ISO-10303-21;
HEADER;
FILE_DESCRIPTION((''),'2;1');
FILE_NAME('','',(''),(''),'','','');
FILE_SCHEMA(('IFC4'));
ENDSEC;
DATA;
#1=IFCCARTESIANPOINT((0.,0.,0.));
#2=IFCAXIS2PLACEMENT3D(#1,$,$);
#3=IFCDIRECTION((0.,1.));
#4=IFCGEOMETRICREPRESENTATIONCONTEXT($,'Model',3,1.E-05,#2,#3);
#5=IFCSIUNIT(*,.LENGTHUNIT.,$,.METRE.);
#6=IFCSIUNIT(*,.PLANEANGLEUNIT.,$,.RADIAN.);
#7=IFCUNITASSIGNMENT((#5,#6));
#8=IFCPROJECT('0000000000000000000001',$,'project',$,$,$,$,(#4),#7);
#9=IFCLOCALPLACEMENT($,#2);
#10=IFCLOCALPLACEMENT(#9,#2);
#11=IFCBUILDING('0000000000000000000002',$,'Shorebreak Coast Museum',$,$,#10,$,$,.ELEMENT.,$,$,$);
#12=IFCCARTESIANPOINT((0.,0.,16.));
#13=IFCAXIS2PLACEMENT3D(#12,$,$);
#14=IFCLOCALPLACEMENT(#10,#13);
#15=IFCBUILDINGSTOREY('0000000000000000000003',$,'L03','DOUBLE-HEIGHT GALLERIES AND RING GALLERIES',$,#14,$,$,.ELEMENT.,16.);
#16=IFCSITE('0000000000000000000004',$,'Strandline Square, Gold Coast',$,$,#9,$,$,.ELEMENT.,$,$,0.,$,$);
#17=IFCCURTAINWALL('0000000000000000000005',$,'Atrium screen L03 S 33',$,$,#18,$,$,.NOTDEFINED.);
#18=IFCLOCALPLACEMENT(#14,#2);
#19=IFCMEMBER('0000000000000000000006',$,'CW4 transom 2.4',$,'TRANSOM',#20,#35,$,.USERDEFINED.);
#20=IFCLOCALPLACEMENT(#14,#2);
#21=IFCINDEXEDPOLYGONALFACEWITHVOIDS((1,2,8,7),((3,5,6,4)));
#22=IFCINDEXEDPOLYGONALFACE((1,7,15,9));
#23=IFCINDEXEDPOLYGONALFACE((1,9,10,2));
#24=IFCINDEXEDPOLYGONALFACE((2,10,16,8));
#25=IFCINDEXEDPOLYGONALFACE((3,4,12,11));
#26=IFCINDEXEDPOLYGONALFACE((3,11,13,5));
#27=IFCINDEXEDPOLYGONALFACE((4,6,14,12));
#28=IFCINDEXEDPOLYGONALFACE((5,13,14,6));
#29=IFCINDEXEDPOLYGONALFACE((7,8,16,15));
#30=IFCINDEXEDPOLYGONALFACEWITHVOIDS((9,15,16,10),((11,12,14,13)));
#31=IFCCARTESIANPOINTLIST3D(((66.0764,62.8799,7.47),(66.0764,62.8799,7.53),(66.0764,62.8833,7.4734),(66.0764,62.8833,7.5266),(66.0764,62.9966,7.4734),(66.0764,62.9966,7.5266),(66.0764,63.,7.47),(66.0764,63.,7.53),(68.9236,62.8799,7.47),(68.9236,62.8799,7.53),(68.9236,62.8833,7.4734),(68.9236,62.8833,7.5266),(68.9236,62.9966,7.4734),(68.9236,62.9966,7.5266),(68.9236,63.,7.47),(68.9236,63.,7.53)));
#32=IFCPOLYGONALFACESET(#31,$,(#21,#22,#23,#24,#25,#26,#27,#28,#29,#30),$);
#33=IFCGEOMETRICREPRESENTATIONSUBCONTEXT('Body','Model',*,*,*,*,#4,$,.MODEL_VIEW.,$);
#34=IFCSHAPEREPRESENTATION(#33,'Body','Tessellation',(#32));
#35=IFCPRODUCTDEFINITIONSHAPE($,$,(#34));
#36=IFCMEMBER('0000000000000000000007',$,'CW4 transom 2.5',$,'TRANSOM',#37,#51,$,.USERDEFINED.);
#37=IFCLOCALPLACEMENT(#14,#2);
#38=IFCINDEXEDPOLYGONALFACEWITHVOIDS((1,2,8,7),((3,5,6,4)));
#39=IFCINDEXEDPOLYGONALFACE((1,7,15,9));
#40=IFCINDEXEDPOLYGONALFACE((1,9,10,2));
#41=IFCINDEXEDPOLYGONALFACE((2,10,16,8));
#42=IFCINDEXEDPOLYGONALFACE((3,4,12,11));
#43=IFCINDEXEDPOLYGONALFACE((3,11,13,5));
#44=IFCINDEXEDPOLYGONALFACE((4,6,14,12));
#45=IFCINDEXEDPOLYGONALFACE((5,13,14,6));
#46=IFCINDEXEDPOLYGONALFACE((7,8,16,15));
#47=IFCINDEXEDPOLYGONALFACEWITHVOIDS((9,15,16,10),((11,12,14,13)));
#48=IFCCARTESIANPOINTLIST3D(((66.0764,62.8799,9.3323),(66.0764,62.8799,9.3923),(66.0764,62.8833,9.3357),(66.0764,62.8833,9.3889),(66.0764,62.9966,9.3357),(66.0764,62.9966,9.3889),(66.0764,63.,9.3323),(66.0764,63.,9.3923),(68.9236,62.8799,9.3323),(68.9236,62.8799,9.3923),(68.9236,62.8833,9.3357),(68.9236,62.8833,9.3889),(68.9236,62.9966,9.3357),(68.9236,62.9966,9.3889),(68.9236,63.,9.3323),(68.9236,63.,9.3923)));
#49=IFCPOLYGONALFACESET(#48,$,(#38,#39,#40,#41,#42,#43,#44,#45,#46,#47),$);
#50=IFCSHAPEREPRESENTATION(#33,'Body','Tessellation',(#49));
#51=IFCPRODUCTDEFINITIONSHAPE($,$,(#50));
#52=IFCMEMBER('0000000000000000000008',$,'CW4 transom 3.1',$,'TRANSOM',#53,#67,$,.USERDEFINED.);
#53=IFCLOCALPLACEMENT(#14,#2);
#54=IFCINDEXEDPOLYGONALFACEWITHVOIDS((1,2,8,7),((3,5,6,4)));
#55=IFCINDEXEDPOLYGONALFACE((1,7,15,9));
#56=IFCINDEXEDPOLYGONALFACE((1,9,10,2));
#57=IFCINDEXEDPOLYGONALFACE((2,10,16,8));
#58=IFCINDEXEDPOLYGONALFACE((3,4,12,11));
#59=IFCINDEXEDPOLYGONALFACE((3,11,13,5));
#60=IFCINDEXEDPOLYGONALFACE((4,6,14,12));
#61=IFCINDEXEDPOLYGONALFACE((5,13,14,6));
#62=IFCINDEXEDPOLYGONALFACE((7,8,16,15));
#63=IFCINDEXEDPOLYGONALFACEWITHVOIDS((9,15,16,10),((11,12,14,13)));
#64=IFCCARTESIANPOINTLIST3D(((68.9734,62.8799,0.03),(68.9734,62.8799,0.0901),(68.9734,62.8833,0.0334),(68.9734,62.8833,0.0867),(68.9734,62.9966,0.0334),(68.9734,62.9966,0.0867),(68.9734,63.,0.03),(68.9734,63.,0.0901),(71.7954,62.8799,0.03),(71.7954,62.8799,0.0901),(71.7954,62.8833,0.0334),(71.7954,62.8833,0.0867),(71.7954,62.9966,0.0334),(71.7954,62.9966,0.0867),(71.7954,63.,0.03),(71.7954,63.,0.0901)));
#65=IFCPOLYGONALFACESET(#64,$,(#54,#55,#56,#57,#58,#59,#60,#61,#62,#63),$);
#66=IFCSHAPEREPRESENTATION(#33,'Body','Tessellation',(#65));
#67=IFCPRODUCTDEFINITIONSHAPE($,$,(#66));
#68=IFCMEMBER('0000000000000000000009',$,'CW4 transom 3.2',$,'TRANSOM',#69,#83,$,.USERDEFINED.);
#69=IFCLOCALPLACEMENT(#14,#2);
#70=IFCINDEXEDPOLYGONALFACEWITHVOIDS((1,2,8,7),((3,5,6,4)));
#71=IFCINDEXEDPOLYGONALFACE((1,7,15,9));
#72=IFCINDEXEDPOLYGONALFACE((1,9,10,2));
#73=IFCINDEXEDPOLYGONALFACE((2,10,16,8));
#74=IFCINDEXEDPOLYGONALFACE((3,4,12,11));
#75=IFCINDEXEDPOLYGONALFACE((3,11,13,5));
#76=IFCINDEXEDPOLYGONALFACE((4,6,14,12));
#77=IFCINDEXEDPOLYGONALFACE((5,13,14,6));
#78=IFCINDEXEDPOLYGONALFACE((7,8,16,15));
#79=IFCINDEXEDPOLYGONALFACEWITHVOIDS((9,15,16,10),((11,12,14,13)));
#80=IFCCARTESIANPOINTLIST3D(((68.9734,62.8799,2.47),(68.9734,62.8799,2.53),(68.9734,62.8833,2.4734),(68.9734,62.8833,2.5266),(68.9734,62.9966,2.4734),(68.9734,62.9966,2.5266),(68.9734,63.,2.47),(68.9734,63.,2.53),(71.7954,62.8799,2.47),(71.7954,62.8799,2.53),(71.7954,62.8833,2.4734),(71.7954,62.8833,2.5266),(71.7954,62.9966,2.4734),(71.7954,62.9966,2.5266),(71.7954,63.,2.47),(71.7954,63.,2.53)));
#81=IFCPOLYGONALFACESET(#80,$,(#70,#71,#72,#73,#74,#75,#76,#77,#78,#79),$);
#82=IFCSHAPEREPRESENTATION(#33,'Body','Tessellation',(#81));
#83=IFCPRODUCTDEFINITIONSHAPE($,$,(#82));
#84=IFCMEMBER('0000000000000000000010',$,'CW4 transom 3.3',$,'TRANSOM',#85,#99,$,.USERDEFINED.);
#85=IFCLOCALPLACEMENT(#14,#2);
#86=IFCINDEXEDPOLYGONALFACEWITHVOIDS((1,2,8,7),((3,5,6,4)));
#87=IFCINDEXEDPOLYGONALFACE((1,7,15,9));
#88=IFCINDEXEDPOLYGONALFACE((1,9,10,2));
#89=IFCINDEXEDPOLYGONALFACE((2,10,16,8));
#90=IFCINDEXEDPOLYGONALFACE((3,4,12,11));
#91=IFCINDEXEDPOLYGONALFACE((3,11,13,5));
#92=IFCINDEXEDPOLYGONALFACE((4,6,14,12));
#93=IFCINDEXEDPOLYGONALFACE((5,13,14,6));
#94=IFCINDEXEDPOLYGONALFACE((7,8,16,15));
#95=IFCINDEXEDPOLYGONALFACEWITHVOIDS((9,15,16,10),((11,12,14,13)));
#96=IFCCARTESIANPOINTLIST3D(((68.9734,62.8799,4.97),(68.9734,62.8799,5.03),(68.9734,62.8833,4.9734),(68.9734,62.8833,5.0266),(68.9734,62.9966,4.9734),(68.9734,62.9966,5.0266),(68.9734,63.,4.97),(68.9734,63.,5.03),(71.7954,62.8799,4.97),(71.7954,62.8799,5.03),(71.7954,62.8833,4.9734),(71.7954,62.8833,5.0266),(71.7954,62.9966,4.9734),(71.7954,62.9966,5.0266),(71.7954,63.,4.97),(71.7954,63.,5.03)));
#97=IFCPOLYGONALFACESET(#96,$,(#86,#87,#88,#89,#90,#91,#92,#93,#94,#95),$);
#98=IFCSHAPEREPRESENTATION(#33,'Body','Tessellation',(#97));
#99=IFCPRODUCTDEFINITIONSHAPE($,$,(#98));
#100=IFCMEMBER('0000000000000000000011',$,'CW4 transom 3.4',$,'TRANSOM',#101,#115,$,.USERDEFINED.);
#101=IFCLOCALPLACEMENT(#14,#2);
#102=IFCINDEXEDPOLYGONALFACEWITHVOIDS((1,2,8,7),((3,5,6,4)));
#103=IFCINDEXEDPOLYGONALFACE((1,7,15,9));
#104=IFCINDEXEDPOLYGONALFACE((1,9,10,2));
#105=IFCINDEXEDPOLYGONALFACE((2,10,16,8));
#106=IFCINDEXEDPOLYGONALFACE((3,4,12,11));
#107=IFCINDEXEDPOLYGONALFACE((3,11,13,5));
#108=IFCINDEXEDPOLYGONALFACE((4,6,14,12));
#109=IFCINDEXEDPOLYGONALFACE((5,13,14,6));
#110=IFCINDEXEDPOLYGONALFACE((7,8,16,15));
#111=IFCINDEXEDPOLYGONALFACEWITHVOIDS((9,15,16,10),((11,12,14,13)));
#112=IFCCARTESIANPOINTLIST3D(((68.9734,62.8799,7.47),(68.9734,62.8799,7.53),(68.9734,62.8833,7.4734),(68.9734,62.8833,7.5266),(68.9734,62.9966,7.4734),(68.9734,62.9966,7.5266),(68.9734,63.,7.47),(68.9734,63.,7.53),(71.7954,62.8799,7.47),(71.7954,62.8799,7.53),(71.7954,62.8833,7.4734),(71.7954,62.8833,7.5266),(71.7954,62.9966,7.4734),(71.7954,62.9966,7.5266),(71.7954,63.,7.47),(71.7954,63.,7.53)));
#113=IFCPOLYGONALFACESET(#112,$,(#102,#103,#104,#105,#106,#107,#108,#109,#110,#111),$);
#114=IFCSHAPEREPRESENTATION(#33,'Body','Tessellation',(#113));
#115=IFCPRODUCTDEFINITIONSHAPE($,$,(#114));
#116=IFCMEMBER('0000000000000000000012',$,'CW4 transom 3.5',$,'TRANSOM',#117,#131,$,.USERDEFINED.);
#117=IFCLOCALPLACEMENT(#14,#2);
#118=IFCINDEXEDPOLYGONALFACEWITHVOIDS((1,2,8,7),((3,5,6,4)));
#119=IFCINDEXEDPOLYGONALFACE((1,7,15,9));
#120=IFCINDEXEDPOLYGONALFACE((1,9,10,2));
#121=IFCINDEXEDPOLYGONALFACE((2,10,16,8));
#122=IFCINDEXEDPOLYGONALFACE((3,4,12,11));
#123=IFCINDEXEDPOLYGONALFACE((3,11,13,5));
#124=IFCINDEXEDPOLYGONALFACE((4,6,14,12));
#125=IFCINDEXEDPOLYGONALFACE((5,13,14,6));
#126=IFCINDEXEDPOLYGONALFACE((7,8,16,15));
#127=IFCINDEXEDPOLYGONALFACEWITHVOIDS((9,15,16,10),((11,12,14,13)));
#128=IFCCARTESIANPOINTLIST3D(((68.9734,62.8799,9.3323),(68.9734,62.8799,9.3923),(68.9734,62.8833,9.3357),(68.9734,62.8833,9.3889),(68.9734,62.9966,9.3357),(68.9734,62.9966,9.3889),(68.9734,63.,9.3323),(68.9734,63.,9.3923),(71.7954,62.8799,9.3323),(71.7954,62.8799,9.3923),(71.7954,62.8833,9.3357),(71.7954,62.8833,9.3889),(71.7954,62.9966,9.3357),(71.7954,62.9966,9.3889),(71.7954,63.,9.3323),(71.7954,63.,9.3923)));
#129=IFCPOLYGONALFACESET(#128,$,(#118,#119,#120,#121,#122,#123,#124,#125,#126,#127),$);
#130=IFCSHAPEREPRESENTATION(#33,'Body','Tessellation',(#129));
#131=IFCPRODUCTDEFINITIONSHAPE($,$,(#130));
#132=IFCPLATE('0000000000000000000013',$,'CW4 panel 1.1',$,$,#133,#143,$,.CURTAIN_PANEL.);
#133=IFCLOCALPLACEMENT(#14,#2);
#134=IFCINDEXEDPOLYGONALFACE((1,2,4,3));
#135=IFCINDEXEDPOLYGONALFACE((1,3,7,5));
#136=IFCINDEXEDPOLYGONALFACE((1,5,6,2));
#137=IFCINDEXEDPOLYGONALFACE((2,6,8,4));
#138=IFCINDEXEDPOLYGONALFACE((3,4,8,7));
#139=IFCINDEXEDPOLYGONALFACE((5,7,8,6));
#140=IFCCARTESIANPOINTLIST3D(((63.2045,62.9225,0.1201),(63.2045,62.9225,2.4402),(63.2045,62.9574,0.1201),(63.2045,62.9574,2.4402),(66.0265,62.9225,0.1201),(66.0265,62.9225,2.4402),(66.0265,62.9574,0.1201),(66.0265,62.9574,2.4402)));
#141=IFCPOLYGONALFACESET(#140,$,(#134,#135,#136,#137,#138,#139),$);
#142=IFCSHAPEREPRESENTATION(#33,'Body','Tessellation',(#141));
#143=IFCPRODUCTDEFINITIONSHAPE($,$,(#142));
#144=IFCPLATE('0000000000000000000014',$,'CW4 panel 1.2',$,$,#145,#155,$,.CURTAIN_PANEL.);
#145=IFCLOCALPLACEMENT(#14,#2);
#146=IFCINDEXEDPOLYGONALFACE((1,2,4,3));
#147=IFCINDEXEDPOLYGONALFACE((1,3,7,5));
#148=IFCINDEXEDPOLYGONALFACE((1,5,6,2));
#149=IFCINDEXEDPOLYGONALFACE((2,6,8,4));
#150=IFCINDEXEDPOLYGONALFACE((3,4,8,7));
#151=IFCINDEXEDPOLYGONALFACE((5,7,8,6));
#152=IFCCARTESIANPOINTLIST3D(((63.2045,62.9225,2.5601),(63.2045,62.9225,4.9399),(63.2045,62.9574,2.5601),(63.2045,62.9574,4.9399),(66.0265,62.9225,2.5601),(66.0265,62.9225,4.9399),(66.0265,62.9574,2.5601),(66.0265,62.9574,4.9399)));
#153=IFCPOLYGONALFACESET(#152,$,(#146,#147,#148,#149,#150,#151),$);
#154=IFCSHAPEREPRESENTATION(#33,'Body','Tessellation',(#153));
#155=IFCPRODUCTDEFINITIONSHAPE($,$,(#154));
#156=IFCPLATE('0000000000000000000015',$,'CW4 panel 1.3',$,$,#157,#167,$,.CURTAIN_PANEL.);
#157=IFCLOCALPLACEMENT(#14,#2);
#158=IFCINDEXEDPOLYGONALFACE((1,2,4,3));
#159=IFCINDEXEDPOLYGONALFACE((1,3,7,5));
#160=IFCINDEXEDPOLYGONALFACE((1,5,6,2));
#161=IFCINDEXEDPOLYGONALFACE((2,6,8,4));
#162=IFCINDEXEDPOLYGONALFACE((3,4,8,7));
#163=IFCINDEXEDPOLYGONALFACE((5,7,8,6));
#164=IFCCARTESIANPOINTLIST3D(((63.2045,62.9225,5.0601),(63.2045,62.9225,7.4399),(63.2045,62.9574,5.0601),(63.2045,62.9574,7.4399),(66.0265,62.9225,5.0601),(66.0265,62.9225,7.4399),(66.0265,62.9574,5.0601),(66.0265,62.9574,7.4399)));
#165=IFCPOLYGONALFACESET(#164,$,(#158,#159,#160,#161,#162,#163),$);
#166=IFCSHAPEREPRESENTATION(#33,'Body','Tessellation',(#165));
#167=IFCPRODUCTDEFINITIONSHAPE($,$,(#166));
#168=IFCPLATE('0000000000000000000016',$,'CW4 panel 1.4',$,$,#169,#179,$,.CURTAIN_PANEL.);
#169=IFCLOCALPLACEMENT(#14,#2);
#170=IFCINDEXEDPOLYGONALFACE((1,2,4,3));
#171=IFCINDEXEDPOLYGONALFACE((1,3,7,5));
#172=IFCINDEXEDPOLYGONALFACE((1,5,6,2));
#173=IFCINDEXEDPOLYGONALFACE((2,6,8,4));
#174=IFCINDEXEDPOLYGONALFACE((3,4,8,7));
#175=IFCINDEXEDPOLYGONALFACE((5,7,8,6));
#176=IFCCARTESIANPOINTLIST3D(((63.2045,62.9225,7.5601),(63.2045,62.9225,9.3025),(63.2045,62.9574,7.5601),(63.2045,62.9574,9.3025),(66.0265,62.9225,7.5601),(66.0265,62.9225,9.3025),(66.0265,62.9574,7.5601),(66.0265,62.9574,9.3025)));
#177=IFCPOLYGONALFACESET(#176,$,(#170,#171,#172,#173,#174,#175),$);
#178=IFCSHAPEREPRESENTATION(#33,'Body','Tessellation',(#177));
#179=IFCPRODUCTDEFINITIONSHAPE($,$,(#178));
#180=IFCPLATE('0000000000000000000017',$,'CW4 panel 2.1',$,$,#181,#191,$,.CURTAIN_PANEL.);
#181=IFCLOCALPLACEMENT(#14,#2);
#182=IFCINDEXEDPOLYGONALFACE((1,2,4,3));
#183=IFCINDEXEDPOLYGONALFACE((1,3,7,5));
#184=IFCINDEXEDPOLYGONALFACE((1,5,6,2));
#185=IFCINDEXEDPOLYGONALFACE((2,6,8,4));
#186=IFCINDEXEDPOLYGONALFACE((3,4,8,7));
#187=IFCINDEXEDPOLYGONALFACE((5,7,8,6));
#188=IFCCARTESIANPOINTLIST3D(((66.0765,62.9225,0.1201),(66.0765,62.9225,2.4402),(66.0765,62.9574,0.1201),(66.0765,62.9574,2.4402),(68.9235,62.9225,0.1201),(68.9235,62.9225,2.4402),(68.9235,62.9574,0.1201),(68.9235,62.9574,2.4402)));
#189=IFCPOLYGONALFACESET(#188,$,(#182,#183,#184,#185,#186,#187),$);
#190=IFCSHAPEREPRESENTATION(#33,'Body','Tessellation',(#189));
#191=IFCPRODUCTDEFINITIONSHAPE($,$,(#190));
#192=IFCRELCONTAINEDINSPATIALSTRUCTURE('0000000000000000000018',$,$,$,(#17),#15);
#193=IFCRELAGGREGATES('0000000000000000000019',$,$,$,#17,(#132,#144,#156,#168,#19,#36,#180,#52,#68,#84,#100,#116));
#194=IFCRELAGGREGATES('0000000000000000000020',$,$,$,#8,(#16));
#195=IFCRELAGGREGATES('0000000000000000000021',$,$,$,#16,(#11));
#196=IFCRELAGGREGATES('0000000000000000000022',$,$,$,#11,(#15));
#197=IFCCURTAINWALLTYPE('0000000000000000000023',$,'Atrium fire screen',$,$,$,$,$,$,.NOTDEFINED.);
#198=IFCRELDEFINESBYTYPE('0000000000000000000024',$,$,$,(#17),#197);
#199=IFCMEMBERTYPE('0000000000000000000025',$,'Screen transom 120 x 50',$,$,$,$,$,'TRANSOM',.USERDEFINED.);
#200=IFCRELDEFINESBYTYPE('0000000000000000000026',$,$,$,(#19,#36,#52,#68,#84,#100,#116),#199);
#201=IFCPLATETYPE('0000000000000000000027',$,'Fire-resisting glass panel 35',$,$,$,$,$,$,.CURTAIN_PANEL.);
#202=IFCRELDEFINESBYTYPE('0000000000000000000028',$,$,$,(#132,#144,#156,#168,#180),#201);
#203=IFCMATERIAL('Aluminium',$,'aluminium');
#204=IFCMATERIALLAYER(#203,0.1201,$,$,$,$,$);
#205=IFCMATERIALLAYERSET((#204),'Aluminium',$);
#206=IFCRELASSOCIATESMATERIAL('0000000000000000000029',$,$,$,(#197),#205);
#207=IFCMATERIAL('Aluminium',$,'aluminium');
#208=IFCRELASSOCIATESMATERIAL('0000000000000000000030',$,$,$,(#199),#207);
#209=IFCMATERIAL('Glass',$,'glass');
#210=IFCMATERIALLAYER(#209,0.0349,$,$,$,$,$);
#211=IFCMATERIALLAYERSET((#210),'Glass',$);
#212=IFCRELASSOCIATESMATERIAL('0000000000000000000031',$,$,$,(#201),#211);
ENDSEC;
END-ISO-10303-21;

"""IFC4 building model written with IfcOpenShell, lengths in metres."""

from ifc_helpers import new_model, si_unit, direction, frame, origin, origin_2d, place, context, subcontext, project, spatial, rectangle, hollow_rectangle, extrude, material, layer, layer_set, material_profile, profile_set, type_object, element, aggregate, save


model = new_model("IFC4")

# Units and contexts
model_context = context("Model", 3, precision=1e-05, world=origin(), true_north=direction((0.0, 1.0)))
body_context = subcontext(model_context, "Body", "Model", "MODEL_VIEW")
ifc_project = project(units=[si_unit("LENGTHUNIT", "METRE"), si_unit("PLANEANGLEUNIT", "RADIAN")], contexts=[model_context])

# Site, building, storey
site_placement = place(None, origin())
site = spatial("IfcSite", under=ifc_project, at=site_placement, Name="Strandline Square, Gold Coast", CompositionType="ELEMENT", RefElevation=0.0)
building_placement = place(site_placement, origin())
building = spatial("IfcBuilding", under=site, at=building_placement, Name="Shorebreak Coast Museum", CompositionType="ELEMENT")
storey_placement = place(building_placement, frame((0.0, 0.0, 16.0)))
storey = spatial("IfcBuildingStorey", under=building, at=storey_placement, Name="L03", Description="DOUBLE-HEIGHT GALLERIES AND RING GALLERIES", CompositionType="ELEMENT", Elevation=16.0)

# Curtain wall, members, plates
ifc_material_1 = material(Name="Aluminium", Category="aluminium")
ifc_layer_1 = layer(ifc_material_1, 0.1201)
ifc_layer_set_1 = layer_set([ifc_layer_1], Name="Aluminium")
curtain_wall_type = type_object("IfcCurtainWallType", Name="Atrium fire screen", PredefinedType="NOTDEFINED", material=ifc_layer_set_1)
curtain_wall_placement = place(storey_placement, origin())
curtain_wall = element("IfcCurtainWall", 1, at=curtain_wall_placement, inside=storey, type_object=curtain_wall_type, Name="Atrium screen L03 S 33", PredefinedType="NOTDEFINED")
ifc_material_2 = material(Name="Aluminium", Category="aluminium")
ifc_material_profile_1 = material_profile(ifc_material_2, hollow_rectangle(XDim=0.1201, YDim=0.0601, WallThickness=0.0034, at=origin_2d()), Name="AL 60x120 RHS")
ifc_profile_set_1 = profile_set([ifc_material_profile_1], Name="Aluminium")
member_type_1 = type_object("IfcMemberType", Name="Screen transom 120 x 50", ElementType="TRANSOM", PredefinedType="USERDEFINED", material=ifc_profile_set_1)
member_1_placement = place(storey_placement, frame((66.0764, 62.9399, 7.5), z_axis=(1.0, 0.0, 0.0), x_axis=(0.0, 1.0, 0.0)))
member_1 = element("IfcMember", 2, at=member_1_placement, type_object=member_type_1, Name="CW4 transom 2.4", ObjectType="TRANSOM", PredefinedType="USERDEFINED", context=body_context, shape_type="SweptSolid", body=[
    extrude(hollow_rectangle(XDim=0.1201, YDim=0.0601, WallThickness=0.0034, at=origin_2d()), origin(), (0.0, 0.0, 1.0), 2.8472),
])
member_2_placement = place(storey_placement, frame((66.0764, 62.9399, 9.3623), z_axis=(1.0, 0.0, 0.0), x_axis=(0.0, 1.0, 0.0)))
member_2 = element("IfcMember", 3, at=member_2_placement, type_object=member_type_1, Name="CW4 transom 2.5", ObjectType="TRANSOM", PredefinedType="USERDEFINED", context=body_context, shape_type="SweptSolid", body=[
    extrude(hollow_rectangle(XDim=0.1201, YDim=0.0601, WallThickness=0.0034, at=origin_2d()), origin(), (0.0, 0.0, 1.0), 2.8472),
])
member_3_placement = place(storey_placement, frame((68.9734, 62.9399, 0.0601), z_axis=(1.0, 0.0, 0.0), x_axis=(0.0, 1.0, 0.0)))
member_3 = element("IfcMember", 4, at=member_3_placement, type_object=member_type_1, Name="CW4 transom 3.1", ObjectType="TRANSOM", PredefinedType="USERDEFINED", context=body_context, shape_type="SweptSolid", body=[
    extrude(hollow_rectangle(XDim=0.1201, YDim=0.0601, WallThickness=0.0034, at=origin_2d()), origin(), (0.0, 0.0, 1.0), 2.822),
])
member_4_placement = place(storey_placement, frame((68.9734, 62.9399, 2.5), z_axis=(1.0, 0.0, 0.0), x_axis=(0.0, 1.0, 0.0)))
member_4 = element("IfcMember", 5, at=member_4_placement, type_object=member_type_1, Name="CW4 transom 3.2", ObjectType="TRANSOM", PredefinedType="USERDEFINED", context=body_context, shape_type="SweptSolid", body=[
    extrude(hollow_rectangle(XDim=0.1201, YDim=0.0601, WallThickness=0.0034, at=origin_2d()), origin(), (0.0, 0.0, 1.0), 2.822),
])
member_5_placement = place(storey_placement, frame((68.9734, 62.9399, 5.0), z_axis=(1.0, 0.0, 0.0), x_axis=(0.0, 1.0, 0.0)))
member_5 = element("IfcMember", 6, at=member_5_placement, type_object=member_type_1, Name="CW4 transom 3.3", ObjectType="TRANSOM", PredefinedType="USERDEFINED", context=body_context, shape_type="SweptSolid", body=[
    extrude(hollow_rectangle(XDim=0.1201, YDim=0.0601, WallThickness=0.0034, at=origin_2d()), origin(), (0.0, 0.0, 1.0), 2.822),
])
member_6_placement = place(storey_placement, frame((68.9734, 62.9399, 7.5), z_axis=(1.0, 0.0, 0.0), x_axis=(0.0, 1.0, 0.0)))
member_6 = element("IfcMember", 7, at=member_6_placement, type_object=member_type_1, Name="CW4 transom 3.4", ObjectType="TRANSOM", PredefinedType="USERDEFINED", context=body_context, shape_type="SweptSolid", body=[
    extrude(hollow_rectangle(XDim=0.1201, YDim=0.0601, WallThickness=0.0034, at=origin_2d()), origin(), (0.0, 0.0, 1.0), 2.822),
])
member_7_placement = place(storey_placement, frame((68.9734, 62.9399, 9.3623), z_axis=(1.0, 0.0, 0.0), x_axis=(0.0, 1.0, 0.0)))
member_7 = element("IfcMember", 8, at=member_7_placement, type_object=member_type_1, Name="CW4 transom 3.5", ObjectType="TRANSOM", PredefinedType="USERDEFINED", context=body_context, shape_type="SweptSolid", body=[
    extrude(hollow_rectangle(XDim=0.1201, YDim=0.0601, WallThickness=0.0034, at=origin_2d()), origin(), (0.0, 0.0, 1.0), 2.822),
])
ifc_material_3 = material(Name="Glass", Category="glass")
ifc_layer_2 = layer(ifc_material_3, 0.0349)
ifc_layer_set_2 = layer_set([ifc_layer_2], Name="Glass")
plate_type = type_object("IfcPlateType", Name="Fire-resisting glass panel 35", PredefinedType="CURTAIN_PANEL", material=ifc_layer_set_2)
plate_1_placement = place(storey_placement, frame((64.6155, 62.9399, 0.1201), z_axis=(0.0, 0.0, 1.0), x_axis=(1.0, 0.0, 0.0)))
plate_1 = element("IfcPlate", 9, at=plate_1_placement, type_object=plate_type, Name="CW4 panel 1.1", PredefinedType="CURTAIN_PANEL", context=body_context, shape_type="SweptSolid", body=[
    extrude(rectangle(XDim=2.822, YDim=0.0349, at=origin_2d()), origin(), (0.0, 0.0, 1.0), 2.3201),
])
plate_2_placement = place(storey_placement, frame((64.6155, 62.9399, 2.5601), z_axis=(0.0, 0.0, 1.0), x_axis=(1.0, 0.0, 0.0)))
plate_2 = element("IfcPlate", 10, at=plate_2_placement, type_object=plate_type, Name="CW4 panel 1.2", PredefinedType="CURTAIN_PANEL", context=body_context, shape_type="SweptSolid", body=[
    extrude(rectangle(XDim=2.822, YDim=0.0349, at=origin_2d()), origin(), (0.0, 0.0, 1.0), 2.3799),
])
plate_3_placement = place(storey_placement, frame((64.6155, 62.9399, 5.0601), z_axis=(0.0, 0.0, 1.0), x_axis=(1.0, 0.0, 0.0)))
plate_3 = element("IfcPlate", 11, at=plate_3_placement, type_object=plate_type, Name="CW4 panel 1.3", PredefinedType="CURTAIN_PANEL", context=body_context, shape_type="SweptSolid", body=[
    extrude(rectangle(XDim=2.822, YDim=0.0349, at=origin_2d()), origin(), (0.0, 0.0, 1.0), 2.3799),
])
plate_4_placement = place(storey_placement, frame((64.6155, 62.9399, 7.5601), z_axis=(0.0, 0.0, 1.0), x_axis=(1.0, 0.0, 0.0)))
plate_4 = element("IfcPlate", 12, at=plate_4_placement, type_object=plate_type, Name="CW4 panel 1.4", PredefinedType="CURTAIN_PANEL", context=body_context, shape_type="SweptSolid", body=[
    extrude(rectangle(XDim=2.822, YDim=0.0349, at=origin_2d()), origin(), (0.0, 0.0, 1.0), 1.7424),
])
plate_5_placement = place(storey_placement, frame((67.5, 62.9399, 0.1201), z_axis=(0.0, 0.0, 1.0), x_axis=(1.0, 0.0, 0.0)))
plate_5 = element("IfcPlate", 13, at=plate_5_placement, type_object=plate_type, Name="CW4 panel 2.1", PredefinedType="CURTAIN_PANEL", context=body_context, shape_type="SweptSolid", body=[
    extrude(rectangle(XDim=2.8469, YDim=0.0349, at=origin_2d()), origin(), (0.0, 0.0, 1.0), 2.3201),
])
aggregate(curtain_wall, [plate_1, plate_2, plate_3, plate_4, member_1, member_2, plate_5, member_3, member_4, member_5, member_6, member_7])

save(model, "model.ifc")
